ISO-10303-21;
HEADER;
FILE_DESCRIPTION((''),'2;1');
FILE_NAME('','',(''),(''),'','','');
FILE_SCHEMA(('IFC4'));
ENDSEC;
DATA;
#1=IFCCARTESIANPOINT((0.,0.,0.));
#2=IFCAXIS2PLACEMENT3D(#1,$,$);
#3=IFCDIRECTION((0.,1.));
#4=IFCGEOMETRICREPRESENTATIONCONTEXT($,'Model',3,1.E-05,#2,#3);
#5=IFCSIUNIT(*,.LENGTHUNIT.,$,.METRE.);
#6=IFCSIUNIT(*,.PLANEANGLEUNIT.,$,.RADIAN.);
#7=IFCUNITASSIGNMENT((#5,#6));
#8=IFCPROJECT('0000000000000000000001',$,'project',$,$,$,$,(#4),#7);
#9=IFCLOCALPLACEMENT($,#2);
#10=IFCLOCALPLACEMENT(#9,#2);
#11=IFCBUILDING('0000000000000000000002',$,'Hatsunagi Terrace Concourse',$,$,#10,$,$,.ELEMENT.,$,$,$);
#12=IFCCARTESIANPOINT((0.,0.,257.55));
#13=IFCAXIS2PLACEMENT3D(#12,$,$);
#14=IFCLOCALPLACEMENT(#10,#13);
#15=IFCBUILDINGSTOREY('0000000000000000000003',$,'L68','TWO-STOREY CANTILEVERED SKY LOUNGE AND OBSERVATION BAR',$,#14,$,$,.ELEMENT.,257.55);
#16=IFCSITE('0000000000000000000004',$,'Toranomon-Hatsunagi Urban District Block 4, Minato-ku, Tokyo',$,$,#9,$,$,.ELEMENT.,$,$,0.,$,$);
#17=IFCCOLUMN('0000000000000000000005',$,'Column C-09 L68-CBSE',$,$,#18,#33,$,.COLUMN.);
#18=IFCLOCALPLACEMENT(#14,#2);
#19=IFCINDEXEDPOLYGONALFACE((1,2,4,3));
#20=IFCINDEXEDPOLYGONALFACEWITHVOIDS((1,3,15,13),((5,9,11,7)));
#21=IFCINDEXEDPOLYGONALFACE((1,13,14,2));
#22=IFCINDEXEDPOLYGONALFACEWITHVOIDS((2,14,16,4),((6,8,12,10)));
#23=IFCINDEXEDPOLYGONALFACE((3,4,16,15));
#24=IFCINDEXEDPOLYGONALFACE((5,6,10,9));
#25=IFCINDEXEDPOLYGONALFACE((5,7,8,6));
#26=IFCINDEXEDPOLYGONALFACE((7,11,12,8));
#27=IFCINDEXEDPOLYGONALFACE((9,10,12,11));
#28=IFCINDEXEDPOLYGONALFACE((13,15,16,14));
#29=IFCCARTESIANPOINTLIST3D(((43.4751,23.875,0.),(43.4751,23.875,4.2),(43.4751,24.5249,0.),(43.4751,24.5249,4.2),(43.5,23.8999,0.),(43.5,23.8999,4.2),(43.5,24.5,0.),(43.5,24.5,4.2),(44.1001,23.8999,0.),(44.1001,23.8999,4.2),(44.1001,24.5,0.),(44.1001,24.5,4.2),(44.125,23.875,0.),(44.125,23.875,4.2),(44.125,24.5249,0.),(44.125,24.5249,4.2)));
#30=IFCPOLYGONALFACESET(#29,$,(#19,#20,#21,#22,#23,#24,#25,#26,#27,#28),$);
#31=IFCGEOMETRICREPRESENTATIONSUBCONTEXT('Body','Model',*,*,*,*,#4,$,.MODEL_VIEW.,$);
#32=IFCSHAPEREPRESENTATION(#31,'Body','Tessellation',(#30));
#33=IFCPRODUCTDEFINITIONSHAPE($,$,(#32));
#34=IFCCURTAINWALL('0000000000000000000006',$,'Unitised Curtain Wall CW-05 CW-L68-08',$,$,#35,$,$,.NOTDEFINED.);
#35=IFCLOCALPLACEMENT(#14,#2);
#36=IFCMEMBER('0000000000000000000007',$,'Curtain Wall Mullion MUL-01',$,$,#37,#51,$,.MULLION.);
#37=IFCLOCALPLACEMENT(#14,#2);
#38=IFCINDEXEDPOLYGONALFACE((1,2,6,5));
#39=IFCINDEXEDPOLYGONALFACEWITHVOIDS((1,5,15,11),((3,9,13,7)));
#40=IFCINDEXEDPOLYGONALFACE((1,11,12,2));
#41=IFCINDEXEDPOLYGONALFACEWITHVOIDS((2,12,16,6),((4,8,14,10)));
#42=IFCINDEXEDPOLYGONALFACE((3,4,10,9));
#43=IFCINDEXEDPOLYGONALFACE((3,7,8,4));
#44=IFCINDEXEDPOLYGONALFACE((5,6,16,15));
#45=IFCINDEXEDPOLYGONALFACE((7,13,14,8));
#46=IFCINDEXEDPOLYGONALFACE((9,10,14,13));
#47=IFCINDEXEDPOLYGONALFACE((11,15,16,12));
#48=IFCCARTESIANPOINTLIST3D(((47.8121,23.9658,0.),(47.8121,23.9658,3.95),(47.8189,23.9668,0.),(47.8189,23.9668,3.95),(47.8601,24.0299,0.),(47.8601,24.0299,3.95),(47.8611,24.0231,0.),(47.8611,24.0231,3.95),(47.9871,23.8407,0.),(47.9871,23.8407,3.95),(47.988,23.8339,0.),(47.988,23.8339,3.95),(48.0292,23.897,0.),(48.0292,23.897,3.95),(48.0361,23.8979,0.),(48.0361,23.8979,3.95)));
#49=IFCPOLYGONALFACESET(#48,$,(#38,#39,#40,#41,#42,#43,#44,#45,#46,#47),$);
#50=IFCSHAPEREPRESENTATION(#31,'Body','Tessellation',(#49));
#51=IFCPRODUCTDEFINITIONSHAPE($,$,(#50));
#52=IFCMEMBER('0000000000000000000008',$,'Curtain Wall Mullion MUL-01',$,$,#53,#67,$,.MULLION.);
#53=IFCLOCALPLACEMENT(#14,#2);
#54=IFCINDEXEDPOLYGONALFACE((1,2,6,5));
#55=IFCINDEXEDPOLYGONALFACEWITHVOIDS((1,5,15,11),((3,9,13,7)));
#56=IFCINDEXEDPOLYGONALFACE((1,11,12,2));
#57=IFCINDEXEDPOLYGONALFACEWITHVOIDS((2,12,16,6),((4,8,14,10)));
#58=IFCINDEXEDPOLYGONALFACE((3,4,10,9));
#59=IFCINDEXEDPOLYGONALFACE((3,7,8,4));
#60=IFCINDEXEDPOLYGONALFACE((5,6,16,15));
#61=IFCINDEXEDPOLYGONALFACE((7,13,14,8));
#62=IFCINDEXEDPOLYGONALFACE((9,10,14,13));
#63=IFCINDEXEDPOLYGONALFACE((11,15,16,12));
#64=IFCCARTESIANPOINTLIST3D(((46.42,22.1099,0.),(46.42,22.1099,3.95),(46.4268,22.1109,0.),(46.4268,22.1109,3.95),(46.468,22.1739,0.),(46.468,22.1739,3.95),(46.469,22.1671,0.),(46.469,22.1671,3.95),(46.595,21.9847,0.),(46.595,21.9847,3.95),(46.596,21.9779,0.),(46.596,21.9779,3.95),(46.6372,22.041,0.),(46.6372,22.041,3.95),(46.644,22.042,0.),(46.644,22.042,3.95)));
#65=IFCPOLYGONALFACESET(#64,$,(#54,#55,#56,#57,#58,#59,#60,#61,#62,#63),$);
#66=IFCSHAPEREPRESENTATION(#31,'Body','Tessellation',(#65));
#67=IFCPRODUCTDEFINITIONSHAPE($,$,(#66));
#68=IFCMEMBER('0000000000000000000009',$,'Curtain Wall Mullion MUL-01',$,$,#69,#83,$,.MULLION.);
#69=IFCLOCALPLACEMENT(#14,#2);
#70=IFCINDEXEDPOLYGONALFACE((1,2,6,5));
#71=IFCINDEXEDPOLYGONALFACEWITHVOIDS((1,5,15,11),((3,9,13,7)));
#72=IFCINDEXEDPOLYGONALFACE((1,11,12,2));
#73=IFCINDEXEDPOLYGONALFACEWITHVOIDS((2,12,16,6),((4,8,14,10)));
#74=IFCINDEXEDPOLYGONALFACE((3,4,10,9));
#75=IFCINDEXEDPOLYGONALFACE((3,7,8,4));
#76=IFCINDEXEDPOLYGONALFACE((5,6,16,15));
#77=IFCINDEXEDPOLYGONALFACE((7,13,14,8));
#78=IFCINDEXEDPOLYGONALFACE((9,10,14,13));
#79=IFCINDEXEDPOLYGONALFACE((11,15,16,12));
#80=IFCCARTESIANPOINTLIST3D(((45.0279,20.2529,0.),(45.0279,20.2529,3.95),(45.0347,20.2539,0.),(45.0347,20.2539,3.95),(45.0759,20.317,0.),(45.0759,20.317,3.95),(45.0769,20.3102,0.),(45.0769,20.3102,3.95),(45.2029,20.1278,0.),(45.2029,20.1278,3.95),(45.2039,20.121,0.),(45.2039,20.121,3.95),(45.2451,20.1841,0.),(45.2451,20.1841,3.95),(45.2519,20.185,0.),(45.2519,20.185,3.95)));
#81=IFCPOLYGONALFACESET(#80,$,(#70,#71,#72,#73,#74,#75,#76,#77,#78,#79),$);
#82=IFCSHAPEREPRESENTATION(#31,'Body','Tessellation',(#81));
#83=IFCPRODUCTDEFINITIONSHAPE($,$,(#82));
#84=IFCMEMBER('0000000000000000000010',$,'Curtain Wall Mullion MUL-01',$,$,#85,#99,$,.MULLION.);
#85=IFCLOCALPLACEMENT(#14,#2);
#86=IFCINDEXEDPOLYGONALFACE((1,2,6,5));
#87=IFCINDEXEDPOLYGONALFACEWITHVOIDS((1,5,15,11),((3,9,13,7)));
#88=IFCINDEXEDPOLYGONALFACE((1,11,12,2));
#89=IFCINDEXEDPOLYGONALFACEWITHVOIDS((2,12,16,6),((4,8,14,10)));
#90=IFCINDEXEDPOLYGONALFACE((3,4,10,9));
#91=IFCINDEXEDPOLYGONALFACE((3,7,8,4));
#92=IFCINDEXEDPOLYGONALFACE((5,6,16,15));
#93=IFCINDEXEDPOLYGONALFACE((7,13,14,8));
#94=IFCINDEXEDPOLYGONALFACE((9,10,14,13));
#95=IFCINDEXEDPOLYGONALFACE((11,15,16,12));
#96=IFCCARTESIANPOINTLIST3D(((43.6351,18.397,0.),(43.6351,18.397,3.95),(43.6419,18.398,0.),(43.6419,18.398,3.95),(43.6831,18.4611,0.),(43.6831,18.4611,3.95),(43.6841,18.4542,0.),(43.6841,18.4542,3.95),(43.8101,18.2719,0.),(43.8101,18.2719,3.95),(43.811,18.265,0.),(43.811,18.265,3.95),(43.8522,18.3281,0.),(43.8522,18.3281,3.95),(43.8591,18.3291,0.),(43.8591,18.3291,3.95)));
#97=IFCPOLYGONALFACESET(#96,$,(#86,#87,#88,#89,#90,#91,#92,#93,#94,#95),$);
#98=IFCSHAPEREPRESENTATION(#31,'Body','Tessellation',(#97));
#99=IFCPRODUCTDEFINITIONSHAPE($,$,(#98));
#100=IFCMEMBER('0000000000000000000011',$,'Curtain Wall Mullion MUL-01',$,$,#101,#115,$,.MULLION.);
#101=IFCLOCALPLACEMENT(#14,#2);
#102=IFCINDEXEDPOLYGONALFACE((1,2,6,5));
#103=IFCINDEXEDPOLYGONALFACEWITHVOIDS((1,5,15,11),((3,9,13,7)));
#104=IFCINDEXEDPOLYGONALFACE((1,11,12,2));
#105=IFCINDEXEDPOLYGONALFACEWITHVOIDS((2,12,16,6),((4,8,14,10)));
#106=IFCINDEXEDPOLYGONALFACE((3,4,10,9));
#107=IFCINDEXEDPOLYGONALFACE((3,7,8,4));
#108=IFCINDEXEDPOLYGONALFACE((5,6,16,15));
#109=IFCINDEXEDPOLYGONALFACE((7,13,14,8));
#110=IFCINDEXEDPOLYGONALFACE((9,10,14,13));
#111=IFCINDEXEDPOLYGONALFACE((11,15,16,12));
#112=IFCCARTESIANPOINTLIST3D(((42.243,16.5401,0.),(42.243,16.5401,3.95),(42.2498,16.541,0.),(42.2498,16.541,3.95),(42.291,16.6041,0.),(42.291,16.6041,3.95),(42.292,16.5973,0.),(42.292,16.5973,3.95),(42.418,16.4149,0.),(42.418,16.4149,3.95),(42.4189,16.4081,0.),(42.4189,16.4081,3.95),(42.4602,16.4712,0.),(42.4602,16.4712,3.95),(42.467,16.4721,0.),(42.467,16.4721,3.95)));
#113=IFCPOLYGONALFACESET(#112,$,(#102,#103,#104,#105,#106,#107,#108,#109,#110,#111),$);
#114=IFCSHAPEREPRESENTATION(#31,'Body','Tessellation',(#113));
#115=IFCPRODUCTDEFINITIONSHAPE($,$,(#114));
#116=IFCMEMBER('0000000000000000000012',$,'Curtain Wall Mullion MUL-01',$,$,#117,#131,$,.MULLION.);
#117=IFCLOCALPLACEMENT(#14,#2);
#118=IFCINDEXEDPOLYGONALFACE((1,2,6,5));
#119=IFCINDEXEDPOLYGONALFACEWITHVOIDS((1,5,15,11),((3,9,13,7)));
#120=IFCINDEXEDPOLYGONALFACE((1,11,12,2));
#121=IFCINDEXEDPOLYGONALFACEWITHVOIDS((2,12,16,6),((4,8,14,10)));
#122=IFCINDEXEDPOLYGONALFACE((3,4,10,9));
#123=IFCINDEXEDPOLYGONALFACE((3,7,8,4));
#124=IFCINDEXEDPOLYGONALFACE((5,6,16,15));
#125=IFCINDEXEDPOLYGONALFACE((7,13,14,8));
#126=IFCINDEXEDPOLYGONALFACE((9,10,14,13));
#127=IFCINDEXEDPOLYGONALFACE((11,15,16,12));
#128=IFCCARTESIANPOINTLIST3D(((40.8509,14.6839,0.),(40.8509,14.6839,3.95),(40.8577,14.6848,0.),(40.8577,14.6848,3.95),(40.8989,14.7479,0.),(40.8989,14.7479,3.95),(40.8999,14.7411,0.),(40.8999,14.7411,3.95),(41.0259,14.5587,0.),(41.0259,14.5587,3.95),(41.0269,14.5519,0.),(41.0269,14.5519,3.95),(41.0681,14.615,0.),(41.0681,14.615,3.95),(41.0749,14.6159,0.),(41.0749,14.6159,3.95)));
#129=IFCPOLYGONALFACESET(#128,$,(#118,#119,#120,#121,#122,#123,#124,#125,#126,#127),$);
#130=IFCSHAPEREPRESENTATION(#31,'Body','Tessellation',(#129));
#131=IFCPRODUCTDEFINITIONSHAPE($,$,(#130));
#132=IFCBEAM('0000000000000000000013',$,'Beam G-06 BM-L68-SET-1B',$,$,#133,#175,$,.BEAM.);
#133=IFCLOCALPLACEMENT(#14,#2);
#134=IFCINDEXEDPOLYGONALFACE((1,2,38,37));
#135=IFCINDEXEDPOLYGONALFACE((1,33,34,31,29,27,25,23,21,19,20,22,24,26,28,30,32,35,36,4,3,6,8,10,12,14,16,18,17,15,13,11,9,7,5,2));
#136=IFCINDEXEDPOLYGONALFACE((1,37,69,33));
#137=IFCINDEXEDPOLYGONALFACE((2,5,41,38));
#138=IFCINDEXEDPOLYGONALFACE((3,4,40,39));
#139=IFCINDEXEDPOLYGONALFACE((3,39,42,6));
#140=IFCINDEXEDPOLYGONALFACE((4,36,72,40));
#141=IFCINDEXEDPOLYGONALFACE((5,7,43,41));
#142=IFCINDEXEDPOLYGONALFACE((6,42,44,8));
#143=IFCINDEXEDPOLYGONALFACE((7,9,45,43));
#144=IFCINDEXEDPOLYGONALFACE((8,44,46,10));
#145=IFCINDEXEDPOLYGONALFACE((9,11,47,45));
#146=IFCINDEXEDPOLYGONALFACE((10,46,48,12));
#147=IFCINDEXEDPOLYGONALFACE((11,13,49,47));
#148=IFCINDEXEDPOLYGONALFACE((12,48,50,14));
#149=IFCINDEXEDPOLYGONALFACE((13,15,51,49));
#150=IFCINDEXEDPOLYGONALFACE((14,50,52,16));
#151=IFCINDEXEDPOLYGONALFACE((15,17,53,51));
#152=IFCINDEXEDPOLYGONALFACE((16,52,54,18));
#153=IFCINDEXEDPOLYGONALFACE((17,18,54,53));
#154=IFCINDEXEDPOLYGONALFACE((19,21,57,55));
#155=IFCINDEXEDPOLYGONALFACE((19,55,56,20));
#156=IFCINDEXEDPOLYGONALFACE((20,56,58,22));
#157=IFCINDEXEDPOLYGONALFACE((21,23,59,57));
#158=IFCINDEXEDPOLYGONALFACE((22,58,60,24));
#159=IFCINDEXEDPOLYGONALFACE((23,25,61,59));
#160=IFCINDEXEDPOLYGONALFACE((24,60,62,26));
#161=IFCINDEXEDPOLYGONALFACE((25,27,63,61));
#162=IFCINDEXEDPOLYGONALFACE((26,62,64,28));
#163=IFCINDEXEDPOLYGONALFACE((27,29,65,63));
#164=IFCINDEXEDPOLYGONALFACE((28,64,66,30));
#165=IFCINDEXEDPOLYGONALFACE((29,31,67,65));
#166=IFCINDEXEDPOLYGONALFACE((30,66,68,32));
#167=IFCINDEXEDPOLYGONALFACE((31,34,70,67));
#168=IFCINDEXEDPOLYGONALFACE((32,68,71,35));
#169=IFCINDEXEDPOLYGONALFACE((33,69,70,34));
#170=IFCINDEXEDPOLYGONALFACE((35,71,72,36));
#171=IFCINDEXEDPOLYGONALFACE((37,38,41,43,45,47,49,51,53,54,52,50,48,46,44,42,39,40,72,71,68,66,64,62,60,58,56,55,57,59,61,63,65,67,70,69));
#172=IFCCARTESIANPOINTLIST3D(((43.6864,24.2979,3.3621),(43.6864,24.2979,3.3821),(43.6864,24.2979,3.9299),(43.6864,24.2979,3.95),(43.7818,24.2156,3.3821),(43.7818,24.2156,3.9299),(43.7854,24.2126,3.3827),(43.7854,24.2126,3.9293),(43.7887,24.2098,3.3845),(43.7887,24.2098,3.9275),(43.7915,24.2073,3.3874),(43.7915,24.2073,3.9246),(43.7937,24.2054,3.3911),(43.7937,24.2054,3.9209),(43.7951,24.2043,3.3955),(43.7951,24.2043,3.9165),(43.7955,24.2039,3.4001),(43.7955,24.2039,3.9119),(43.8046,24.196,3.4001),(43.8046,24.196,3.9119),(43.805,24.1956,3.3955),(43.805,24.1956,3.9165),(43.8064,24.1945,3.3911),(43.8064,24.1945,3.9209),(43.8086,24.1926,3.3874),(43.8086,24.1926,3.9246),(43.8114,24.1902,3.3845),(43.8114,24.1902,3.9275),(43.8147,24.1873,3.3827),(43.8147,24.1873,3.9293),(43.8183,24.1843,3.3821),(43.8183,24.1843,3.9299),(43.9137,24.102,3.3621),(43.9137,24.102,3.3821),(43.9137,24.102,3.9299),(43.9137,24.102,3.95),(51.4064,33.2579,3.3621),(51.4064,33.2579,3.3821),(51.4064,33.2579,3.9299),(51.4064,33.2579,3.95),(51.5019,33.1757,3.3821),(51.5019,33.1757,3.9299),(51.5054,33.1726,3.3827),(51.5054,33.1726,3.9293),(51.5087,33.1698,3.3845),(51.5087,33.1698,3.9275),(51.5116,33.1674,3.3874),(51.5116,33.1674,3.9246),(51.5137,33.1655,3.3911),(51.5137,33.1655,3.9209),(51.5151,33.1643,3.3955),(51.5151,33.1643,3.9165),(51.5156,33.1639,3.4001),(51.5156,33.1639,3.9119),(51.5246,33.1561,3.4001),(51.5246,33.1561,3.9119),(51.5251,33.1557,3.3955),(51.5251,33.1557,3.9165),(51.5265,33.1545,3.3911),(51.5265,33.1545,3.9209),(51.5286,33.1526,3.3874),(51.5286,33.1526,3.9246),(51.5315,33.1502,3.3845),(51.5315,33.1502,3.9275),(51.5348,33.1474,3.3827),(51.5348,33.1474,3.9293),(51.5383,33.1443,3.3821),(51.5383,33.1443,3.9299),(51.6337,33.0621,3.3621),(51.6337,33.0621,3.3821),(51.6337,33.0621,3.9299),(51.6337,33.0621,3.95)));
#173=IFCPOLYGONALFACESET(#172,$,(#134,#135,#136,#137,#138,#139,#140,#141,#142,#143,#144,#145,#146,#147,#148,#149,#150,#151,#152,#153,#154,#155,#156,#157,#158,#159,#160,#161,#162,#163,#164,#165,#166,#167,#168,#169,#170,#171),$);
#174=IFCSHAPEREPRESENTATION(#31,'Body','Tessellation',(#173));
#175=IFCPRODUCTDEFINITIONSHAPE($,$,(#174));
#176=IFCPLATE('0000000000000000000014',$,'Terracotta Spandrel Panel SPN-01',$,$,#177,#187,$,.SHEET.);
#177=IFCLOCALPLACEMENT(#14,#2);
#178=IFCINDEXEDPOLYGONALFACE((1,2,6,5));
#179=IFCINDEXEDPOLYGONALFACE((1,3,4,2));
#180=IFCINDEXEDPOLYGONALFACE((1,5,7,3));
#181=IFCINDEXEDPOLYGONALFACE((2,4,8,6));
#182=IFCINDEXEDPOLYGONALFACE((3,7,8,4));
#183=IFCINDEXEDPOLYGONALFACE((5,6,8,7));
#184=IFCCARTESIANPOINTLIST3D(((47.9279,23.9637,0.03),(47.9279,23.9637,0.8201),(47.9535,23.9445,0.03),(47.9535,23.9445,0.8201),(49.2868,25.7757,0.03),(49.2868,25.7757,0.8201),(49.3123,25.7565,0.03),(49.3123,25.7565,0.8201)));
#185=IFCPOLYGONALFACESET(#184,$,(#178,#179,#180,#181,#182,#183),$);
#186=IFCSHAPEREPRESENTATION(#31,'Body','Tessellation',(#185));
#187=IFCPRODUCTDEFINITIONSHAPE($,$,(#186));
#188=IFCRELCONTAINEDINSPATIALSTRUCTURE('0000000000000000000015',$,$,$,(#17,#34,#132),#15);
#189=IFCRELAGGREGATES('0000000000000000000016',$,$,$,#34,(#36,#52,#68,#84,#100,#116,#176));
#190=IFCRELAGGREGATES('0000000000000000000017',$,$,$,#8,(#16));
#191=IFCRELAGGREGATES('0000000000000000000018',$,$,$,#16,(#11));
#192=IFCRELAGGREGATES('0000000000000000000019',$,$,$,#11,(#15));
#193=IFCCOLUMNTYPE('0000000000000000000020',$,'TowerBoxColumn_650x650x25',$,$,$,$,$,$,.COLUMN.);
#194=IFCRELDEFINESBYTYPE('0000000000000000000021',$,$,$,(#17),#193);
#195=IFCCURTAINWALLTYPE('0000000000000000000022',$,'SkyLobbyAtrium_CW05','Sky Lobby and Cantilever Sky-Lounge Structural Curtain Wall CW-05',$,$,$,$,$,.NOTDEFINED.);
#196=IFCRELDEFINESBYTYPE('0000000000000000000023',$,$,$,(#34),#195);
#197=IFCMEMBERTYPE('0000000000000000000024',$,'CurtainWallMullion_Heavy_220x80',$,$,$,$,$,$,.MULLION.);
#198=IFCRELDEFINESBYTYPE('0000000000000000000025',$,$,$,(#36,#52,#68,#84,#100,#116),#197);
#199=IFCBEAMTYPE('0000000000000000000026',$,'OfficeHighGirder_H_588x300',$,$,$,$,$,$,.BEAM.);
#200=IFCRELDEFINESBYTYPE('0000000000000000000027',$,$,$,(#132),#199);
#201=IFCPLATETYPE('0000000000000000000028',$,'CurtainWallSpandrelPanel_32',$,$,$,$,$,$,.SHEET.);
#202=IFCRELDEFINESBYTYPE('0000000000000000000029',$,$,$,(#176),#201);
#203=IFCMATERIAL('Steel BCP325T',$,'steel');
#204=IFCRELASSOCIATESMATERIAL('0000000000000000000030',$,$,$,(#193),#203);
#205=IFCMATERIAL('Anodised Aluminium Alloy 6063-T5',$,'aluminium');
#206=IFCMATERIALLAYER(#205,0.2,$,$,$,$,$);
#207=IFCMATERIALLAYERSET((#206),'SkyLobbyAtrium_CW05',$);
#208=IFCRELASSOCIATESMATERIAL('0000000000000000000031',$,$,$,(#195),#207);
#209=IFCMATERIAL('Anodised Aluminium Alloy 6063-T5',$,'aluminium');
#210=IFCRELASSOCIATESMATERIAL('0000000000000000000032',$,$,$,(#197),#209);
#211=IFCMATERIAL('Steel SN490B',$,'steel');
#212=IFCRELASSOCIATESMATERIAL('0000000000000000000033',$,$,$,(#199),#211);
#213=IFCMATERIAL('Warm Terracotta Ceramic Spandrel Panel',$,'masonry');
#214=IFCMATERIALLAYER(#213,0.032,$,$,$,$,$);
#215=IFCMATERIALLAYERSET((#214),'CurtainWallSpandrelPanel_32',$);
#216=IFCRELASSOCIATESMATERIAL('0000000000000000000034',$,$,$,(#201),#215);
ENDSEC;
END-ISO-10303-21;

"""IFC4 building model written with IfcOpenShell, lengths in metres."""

from ifc_helpers import new_model, si_unit, direction, frame, origin, origin_2d, place, context, subcontext, project, spatial, rectangle, hollow_rectangle, i_section, extrude, material, layer, layer_set, material_profile, profile_set, type_object, element, aggregate, save


model = new_model("IFC4")

# Units and contexts
model_context = context("Model", 3, precision=1e-05, world=origin(), true_north=direction((0.0, 1.0)))
body_context = subcontext(model_context, "Body", "Model", "MODEL_VIEW")
ifc_project = project(units=[si_unit("LENGTHUNIT", "METRE"), si_unit("PLANEANGLEUNIT", "RADIAN")], contexts=[model_context])

# Site, building, storey
site_placement = place(None, origin())
site = spatial("IfcSite", under=ifc_project, at=site_placement, Name="Toranomon-Hatsunagi Urban District Block 4, Minato-ku, Tokyo", CompositionType="ELEMENT", RefElevation=0.0)
building_placement = place(site_placement, origin())
building = spatial("IfcBuilding", under=site, at=building_placement, Name="Hatsunagi Terrace Concourse", CompositionType="ELEMENT")
storey_placement = place(building_placement, frame((0.0, 0.0, 257.55)))
storey = spatial("IfcBuildingStorey", under=building, at=storey_placement, Name="L68", Description="TWO-STOREY CANTILEVERED SKY LOUNGE AND OBSERVATION BAR", CompositionType="ELEMENT", Elevation=257.55)

# Column
ifc_material_1 = material(Name="Steel BCP325T", Category="steel")
ifc_material_profile_1 = material_profile(ifc_material_1, hollow_rectangle(XDim=0.6499, YDim=0.6499, WallThickness=0.0249, at=origin_2d()), Name="BCP-650x650x25")
ifc_profile_set_1 = profile_set([ifc_material_profile_1], Name="Steel BCP325T")
column_type = type_object("IfcColumnType", Name="TowerBoxColumn_650x650x25", PredefinedType="COLUMN", material=ifc_profile_set_1)
column_placement = place(storey_placement, frame((43.8, 24.2, 0.0), z_axis=(0.0, 0.0, 1.0), x_axis=(1.0, 0.0, 0.0)))
element("IfcColumn", 1, at=column_placement, inside=storey, type_object=column_type, Name="Column C-09 L68-CBSE", PredefinedType="COLUMN", context=body_context, shape_type="SweptSolid", body=[
    extrude(hollow_rectangle(XDim=0.6499, YDim=0.6499, WallThickness=0.0249, at=origin_2d()), origin(), (0.0, 0.0, 1.0), 4.2),
])

# Curtain wall, members
ifc_material_2 = material(Name="Anodised Aluminium Alloy 6063-T5", Category="aluminium")
ifc_layer_1 = layer(ifc_material_2, 0.2)
ifc_layer_set_1 = layer_set([ifc_layer_1], Name="SkyLobbyAtrium_CW05")
curtain_wall_type = type_object("IfcCurtainWallType", Name="SkyLobbyAtrium_CW05", Description="Sky Lobby and Cantilever Sky-Lounge Structural Curtain Wall CW-05", PredefinedType="NOTDEFINED", material=ifc_layer_set_1)
curtain_wall_placement = place(storey_placement, origin())
curtain_wall = element("IfcCurtainWall", 2, at=curtain_wall_placement, inside=storey, type_object=curtain_wall_type, Name="Unitised Curtain Wall CW-05 CW-L68-08", PredefinedType="NOTDEFINED")
ifc_material_3 = material(Name="Anodised Aluminium Alloy 6063-T5", Category="aluminium")
ifc_material_profile_2 = material_profile(ifc_material_3, hollow_rectangle(XDim=0.0801, YDim=0.22, WallThickness=0.0049, at=origin_2d()), Name="ALU-MUL-220x80x5")
ifc_profile_set_2 = profile_set([ifc_material_profile_2], Name="Anodised Aluminium Alloy 6063-T5")
member_type = type_object("IfcMemberType", Name="CurtainWallMullion_Heavy_220x80", PredefinedType="MULLION", material=ifc_profile_set_2)
member_1_placement = place(storey_placement, frame((47.9241, 23.9319, 0.0), z_axis=(0.0, 0.0, 1.0), x_axis=(-0.599969, -0.800023, 0.0)))
member_1 = element("IfcMember", 3, at=member_1_placement, type_object=member_type, Name="Curtain Wall Mullion MUL-01", PredefinedType="MULLION", context=body_context, shape_type="SweptSolid", body=[
    extrude(hollow_rectangle(XDim=0.0801, YDim=0.22, WallThickness=0.0049, at=origin_2d()), origin(), (0.0, 0.0, 1.0), 3.95),
])
member_2_placement = place(storey_placement, frame((46.532, 22.0759, 0.0), z_axis=(0.0, 0.0, 1.0), x_axis=(-0.599969, -0.800023, 0.0)))
member_2 = element("IfcMember", 4, at=member_2_placement, type_object=member_type, Name="Curtain Wall Mullion MUL-01", PredefinedType="MULLION", context=body_context, shape_type="SweptSolid", body=[
    extrude(hollow_rectangle(XDim=0.0801, YDim=0.22, WallThickness=0.0049, at=origin_2d()), origin(), (0.0, 0.0, 1.0), 3.95),
])
member_3_placement = place(storey_placement, frame((45.1399, 20.219, 0.0), z_axis=(0.0, 0.0, 1.0), x_axis=(-0.599969, -0.800023, 0.0)))
member_3 = element("IfcMember", 5, at=member_3_placement, type_object=member_type, Name="Curtain Wall Mullion MUL-01", PredefinedType="MULLION", context=body_context, shape_type="SweptSolid", body=[
    extrude(hollow_rectangle(XDim=0.0801, YDim=0.22, WallThickness=0.0049, at=origin_2d()), origin(), (0.0, 0.0, 1.0), 3.95),
])
member_4_placement = place(storey_placement, frame((43.7471, 18.363, 0.0), z_axis=(0.0, 0.0, 1.0), x_axis=(-0.599969, -0.800023, 0.0)))
member_4 = element("IfcMember", 6, at=member_4_placement, type_object=member_type, Name="Curtain Wall Mullion MUL-01", PredefinedType="MULLION", context=body_context, shape_type="SweptSolid", body=[
    extrude(hollow_rectangle(XDim=0.0801, YDim=0.22, WallThickness=0.0049, at=origin_2d()), origin(), (0.0, 0.0, 1.0), 3.95),
])
member_5_placement = place(storey_placement, frame((42.355, 16.5061, 0.0), z_axis=(0.0, 0.0, 1.0), x_axis=(-0.599969, -0.800023, 0.0)))
member_5 = element("IfcMember", 7, at=member_5_placement, type_object=member_type, Name="Curtain Wall Mullion MUL-01", PredefinedType="MULLION", context=body_context, shape_type="SweptSolid", body=[
    extrude(hollow_rectangle(XDim=0.0801, YDim=0.22, WallThickness=0.0049, at=origin_2d()), origin(), (0.0, 0.0, 1.0), 3.95),
])
member_6_placement = place(storey_placement, frame((40.9629, 14.6499, 0.0), z_axis=(0.0, 0.0, 1.0), x_axis=(-0.599969, -0.800023, 0.0)))
member_6 = element("IfcMember", 8, at=member_6_placement, type_object=member_type, Name="Curtain Wall Mullion MUL-01", PredefinedType="MULLION", context=body_context, shape_type="SweptSolid", body=[
    extrude(hollow_rectangle(XDim=0.0801, YDim=0.22, WallThickness=0.0049, at=origin_2d()), origin(), (0.0, 0.0, 1.0), 3.95),
])

# Beam
ifc_material_4 = material(Name="Steel SN490B", Category="steel")
ifc_material_profile_3 = material_profile(ifc_material_4, i_section(OverallWidth=0.3, OverallDepth=0.5879, WebThickness=0.012, FlangeThickness=0.02, FilletRadius=0.0181, at=origin_2d()), Name="H-588x300x12x20")
ifc_profile_set_3 = profile_set([ifc_material_profile_3], Name="Steel SN490B")
beam_type = type_object("IfcBeamType", Name="OfficeHighGirder_H_588x300", PredefinedType="BEAM", material=ifc_profile_set_3)
beam_placement = place(storey_placement, frame((43.8, 24.2, 3.656), z_axis=(0.652739, 0.757583, 0.0), x_axis=(-0.757583, 0.652739, 0.0)))
element("IfcBeam", 9, at=beam_placement, inside=storey, type_object=beam_type, Name="Beam G-06 BM-L68-SET-1B", PredefinedType="BEAM", context=body_context, shape_type="SweptSolid", body=[
    extrude(i_section(OverallWidth=0.3, OverallDepth=0.5879, WebThickness=0.012, FlangeThickness=0.02, FilletRadius=0.0181, at=origin_2d()), origin(), (0.0, 0.0, 1.0), 11.8271),
])

# Plate
ifc_material_5 = material(Name="Warm Terracotta Ceramic Spandrel Panel", Category="masonry")
ifc_layer_2 = layer(ifc_material_5, 0.032)
ifc_layer_set_2 = layer_set([ifc_layer_2], Name="CurtainWallSpandrelPanel_32")
plate_type_1 = type_object("IfcPlateType", Name="CurtainWallSpandrelPanel_32", PredefinedType="SHEET", material=ifc_layer_set_2)
plate_1_placement = place(storey_placement, frame((48.6201, 24.8601, 0.03), z_axis=(0.0, 0.0, 1.0), x_axis=(-0.599969, -0.800023, 0.0)))
plate_1 = element("IfcPlate", 10, at=plate_1_placement, type_object=plate_type_1, Name="Terracotta Spandrel Panel SPN-01", PredefinedType="SHEET", context=body_context, shape_type="SweptSolid", body=[
    extrude(rectangle(XDim=2.2649, YDim=0.032, at=origin_2d()), origin(), (0.0, 0.0, 1.0), 0.79),
])
aggregate(curtain_wall, [member_1, member_2, member_3, member_4, member_5, member_6, plate_1])

save(model, "model.ifc")
